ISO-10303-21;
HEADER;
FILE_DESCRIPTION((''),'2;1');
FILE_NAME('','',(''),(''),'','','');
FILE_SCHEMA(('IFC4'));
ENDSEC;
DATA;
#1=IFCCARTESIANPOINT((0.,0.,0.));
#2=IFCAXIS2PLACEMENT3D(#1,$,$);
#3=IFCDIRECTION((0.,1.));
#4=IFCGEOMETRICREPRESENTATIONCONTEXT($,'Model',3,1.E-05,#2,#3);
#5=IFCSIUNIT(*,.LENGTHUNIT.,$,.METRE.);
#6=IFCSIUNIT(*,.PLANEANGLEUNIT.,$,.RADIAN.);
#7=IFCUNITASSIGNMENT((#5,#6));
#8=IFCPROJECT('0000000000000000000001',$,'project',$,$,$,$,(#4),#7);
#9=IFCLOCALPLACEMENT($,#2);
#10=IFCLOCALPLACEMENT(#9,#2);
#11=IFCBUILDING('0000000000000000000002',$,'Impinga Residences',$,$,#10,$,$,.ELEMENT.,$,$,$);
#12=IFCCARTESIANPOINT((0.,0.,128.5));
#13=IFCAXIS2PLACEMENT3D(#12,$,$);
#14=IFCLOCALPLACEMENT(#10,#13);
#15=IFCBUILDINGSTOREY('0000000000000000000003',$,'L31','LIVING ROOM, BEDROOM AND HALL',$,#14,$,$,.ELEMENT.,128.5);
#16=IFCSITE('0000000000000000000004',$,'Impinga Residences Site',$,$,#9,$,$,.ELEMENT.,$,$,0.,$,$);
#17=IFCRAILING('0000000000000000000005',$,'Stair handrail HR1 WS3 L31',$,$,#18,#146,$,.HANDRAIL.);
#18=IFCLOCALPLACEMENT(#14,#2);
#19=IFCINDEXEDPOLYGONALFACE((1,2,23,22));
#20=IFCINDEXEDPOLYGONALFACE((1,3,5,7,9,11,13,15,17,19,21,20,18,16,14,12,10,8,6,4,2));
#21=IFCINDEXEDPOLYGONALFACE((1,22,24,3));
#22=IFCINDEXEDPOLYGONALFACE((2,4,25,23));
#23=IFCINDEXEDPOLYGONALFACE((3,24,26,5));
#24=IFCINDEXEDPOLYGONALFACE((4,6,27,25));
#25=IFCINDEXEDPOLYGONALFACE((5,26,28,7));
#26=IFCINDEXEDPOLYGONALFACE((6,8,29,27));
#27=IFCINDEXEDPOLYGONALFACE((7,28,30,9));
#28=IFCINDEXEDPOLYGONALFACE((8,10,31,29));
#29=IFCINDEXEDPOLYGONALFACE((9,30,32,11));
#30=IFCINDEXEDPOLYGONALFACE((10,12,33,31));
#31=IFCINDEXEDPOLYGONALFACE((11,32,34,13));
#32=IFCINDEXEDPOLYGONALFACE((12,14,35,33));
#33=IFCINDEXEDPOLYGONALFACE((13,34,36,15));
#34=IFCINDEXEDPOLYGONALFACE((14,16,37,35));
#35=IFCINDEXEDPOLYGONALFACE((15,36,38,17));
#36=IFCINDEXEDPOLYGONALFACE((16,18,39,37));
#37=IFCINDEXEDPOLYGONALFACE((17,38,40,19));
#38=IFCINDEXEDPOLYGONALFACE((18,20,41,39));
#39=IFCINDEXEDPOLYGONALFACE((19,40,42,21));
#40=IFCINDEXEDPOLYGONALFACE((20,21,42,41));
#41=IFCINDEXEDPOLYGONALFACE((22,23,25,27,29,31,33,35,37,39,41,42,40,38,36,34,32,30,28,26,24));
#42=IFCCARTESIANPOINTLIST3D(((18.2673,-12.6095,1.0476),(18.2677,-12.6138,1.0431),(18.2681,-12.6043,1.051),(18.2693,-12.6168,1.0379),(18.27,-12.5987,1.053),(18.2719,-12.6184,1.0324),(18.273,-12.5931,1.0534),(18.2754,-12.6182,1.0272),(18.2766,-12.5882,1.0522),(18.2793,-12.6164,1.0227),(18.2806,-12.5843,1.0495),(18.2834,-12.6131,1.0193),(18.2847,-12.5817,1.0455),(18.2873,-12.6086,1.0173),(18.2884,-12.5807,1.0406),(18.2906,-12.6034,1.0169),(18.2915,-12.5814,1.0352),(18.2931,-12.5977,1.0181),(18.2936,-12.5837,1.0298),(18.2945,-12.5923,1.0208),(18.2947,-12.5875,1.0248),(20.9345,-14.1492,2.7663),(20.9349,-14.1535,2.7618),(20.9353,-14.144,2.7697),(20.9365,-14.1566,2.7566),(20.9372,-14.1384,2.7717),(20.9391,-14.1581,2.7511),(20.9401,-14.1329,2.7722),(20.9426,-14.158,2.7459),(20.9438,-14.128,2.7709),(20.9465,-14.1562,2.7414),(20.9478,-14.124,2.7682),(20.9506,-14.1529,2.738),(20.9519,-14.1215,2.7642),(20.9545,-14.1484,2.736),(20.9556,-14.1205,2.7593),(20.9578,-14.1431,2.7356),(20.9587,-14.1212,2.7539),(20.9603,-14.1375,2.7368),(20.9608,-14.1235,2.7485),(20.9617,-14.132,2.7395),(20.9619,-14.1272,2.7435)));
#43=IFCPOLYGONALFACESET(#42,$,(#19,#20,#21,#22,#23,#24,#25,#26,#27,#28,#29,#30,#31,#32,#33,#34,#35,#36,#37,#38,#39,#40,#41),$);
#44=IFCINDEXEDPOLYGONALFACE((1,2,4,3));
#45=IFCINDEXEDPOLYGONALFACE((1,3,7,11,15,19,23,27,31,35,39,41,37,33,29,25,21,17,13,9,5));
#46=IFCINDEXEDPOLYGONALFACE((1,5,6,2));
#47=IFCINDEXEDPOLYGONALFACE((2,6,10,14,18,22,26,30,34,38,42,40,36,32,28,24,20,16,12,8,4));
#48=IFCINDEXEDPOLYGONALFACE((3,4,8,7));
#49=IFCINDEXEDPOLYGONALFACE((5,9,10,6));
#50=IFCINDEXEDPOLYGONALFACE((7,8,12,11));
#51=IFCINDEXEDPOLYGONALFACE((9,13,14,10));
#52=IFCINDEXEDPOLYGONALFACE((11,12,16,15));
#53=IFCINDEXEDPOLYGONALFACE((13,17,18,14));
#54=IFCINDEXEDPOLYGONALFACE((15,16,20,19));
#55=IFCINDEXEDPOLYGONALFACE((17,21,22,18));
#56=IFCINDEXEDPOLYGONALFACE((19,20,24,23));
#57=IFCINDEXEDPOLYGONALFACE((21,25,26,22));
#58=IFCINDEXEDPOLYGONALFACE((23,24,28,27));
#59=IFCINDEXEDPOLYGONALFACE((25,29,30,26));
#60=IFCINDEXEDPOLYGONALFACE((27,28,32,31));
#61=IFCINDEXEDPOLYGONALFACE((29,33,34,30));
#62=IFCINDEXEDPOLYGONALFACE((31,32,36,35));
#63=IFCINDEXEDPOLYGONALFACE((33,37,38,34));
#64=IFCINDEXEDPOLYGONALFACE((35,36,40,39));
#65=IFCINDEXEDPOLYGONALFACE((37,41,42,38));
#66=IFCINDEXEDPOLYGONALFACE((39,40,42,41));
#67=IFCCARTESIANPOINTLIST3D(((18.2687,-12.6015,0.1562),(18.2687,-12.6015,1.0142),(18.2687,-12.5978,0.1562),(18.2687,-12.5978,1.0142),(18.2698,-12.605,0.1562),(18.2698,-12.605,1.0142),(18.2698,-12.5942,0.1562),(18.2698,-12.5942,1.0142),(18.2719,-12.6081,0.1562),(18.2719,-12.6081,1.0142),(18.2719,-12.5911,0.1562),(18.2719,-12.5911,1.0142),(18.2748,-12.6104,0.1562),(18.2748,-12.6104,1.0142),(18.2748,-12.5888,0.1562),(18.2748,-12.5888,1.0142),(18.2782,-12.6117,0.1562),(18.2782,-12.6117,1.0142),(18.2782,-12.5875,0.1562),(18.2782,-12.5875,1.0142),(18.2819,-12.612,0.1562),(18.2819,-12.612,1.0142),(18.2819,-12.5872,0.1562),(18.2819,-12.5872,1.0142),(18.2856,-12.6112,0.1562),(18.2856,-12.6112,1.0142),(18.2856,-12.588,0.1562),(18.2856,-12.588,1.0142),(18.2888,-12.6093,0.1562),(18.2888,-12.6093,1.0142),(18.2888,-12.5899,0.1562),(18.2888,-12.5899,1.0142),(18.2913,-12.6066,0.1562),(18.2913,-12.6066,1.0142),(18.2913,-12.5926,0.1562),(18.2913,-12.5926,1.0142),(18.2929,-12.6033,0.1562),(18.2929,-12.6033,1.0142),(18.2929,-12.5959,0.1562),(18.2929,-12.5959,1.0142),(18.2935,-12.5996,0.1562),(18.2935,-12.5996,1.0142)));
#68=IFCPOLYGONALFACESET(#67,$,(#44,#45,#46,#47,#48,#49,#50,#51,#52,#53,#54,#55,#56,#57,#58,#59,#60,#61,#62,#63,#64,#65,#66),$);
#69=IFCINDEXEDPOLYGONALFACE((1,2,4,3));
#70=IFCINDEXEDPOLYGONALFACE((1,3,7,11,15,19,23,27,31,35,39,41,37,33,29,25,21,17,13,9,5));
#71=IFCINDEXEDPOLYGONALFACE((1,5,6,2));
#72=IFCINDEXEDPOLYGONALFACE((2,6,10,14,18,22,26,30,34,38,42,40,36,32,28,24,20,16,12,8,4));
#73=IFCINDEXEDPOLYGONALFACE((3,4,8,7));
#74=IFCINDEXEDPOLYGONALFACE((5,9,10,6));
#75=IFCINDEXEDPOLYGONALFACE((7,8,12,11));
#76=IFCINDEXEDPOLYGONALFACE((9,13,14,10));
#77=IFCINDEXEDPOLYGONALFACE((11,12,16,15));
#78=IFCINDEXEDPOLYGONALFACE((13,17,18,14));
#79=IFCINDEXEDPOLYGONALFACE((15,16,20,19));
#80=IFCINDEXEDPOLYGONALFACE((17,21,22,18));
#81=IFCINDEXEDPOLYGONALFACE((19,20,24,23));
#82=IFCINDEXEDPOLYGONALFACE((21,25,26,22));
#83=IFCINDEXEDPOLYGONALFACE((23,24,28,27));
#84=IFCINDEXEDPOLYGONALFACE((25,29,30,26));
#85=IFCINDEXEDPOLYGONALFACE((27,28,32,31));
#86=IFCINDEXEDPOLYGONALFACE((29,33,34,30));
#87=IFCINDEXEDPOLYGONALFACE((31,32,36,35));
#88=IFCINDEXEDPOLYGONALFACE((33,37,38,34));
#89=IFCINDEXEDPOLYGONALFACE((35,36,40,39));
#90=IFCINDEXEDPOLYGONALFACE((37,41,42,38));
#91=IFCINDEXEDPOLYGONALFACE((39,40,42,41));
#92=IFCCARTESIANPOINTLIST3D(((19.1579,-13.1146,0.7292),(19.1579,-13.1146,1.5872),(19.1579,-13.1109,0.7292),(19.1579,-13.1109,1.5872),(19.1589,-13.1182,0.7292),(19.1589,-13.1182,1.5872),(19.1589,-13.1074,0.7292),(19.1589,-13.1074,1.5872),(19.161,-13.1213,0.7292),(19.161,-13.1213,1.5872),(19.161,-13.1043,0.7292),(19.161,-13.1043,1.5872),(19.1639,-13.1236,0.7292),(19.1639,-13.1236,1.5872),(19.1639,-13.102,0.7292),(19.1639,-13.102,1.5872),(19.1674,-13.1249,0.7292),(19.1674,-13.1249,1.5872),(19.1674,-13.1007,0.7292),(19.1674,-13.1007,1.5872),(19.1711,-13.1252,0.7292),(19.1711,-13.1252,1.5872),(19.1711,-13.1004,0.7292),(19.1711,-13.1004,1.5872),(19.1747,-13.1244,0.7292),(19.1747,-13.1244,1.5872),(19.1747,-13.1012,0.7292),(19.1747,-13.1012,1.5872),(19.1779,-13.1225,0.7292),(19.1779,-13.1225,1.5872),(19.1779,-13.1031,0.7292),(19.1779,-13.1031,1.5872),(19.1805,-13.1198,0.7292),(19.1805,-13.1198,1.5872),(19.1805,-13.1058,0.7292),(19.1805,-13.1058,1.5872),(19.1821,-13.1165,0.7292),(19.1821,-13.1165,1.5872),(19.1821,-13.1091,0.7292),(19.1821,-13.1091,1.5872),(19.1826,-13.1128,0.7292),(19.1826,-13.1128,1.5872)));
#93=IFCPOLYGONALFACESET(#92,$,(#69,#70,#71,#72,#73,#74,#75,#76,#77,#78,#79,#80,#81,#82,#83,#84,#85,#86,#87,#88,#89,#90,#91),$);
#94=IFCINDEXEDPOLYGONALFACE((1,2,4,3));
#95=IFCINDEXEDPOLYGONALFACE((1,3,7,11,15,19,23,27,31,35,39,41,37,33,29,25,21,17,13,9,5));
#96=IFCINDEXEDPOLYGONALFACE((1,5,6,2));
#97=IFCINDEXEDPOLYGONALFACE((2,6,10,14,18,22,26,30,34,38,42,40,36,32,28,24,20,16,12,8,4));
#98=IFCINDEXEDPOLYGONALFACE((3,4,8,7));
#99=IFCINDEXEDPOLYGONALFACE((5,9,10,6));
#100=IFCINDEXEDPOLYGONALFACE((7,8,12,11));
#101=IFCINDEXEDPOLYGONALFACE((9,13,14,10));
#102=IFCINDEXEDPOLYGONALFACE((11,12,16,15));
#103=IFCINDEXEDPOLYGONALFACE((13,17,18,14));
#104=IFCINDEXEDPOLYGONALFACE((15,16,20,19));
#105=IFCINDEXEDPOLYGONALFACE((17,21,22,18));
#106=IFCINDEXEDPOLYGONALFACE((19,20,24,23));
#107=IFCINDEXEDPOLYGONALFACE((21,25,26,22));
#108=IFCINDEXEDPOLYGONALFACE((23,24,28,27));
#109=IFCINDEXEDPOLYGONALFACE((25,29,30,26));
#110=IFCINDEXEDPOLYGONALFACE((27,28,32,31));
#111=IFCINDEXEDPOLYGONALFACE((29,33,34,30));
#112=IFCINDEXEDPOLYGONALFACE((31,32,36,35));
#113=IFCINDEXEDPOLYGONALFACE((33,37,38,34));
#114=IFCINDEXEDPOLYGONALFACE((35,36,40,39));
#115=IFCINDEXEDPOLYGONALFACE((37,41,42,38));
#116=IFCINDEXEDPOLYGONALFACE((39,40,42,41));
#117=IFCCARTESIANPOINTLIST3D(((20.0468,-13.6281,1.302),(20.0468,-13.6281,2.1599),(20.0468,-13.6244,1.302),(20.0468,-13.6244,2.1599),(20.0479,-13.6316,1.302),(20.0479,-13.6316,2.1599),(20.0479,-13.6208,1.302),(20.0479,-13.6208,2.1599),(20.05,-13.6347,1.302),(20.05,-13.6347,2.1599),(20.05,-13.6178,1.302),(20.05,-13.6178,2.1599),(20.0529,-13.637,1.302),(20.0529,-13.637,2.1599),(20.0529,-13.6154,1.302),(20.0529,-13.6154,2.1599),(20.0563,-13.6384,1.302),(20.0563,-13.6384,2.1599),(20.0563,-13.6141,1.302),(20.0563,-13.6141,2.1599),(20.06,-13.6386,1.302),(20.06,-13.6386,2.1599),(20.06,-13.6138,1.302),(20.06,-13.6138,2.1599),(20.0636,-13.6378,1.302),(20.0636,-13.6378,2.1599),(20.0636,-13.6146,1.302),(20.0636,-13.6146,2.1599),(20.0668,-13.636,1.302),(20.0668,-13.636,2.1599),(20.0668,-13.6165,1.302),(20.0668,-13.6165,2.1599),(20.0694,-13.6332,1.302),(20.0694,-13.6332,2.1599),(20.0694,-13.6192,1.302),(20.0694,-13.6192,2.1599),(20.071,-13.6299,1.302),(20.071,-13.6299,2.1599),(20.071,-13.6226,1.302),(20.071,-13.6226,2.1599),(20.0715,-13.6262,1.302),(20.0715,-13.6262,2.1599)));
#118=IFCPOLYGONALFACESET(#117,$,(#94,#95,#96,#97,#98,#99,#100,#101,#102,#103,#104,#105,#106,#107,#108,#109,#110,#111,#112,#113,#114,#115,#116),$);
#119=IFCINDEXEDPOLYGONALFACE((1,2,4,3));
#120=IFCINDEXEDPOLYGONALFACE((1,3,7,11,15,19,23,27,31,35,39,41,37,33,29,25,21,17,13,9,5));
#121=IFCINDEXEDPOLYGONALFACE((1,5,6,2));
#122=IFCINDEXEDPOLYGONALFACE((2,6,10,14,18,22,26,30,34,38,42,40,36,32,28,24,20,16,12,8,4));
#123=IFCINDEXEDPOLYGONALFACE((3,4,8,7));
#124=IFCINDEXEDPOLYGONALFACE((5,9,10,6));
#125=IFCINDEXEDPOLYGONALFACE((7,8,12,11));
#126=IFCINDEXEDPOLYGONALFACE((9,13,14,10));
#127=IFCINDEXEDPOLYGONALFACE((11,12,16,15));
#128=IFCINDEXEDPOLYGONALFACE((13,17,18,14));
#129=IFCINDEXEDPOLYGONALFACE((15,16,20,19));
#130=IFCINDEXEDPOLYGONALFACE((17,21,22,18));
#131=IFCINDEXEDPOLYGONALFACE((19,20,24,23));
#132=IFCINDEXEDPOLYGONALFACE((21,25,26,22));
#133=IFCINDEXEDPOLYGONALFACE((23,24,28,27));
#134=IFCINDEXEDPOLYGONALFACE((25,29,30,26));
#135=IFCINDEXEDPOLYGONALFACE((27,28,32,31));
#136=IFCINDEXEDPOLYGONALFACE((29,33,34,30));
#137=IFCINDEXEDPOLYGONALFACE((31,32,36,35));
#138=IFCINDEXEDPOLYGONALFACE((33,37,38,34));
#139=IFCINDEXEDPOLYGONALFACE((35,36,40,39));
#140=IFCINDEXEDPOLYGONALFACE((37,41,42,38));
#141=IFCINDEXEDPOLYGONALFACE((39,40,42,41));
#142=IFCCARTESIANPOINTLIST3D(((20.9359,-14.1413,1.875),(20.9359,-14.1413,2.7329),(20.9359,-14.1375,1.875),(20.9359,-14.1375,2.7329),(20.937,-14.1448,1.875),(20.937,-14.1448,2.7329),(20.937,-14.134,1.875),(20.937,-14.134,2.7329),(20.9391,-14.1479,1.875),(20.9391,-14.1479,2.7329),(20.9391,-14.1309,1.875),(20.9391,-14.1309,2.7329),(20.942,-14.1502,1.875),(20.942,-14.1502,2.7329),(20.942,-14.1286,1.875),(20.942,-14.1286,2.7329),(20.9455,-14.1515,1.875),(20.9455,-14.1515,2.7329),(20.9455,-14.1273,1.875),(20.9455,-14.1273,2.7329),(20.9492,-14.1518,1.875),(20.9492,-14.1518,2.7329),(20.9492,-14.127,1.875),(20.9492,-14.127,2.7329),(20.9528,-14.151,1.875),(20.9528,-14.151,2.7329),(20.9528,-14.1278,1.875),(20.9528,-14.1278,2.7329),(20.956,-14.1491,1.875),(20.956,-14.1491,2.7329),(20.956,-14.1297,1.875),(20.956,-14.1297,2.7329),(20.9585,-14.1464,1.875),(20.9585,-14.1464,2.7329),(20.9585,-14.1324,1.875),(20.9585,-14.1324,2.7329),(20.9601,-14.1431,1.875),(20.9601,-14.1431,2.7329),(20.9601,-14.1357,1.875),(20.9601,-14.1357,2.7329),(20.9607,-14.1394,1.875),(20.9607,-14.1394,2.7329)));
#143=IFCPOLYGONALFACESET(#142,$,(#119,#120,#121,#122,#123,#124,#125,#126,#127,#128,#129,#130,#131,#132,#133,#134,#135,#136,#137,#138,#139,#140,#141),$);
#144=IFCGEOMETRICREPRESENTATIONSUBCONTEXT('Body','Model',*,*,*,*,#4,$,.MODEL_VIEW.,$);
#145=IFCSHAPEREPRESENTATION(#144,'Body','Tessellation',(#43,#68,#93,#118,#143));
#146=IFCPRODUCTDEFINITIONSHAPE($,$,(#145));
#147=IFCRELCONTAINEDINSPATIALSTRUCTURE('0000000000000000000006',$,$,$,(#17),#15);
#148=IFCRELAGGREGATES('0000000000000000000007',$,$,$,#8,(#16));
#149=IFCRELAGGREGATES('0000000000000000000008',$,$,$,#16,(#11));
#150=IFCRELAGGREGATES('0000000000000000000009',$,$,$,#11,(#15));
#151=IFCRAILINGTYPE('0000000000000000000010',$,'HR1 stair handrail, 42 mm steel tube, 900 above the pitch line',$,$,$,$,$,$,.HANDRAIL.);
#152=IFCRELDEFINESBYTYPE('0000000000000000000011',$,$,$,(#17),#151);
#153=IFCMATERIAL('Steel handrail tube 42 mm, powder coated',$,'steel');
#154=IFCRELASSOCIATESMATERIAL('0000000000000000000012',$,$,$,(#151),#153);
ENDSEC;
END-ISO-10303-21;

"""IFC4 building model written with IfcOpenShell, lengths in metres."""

from ifc_helpers import new_model, si_unit, direction, frame, origin, origin_2d, place, context, subcontext, project, spatial, circle, extrude, material, type_object, element, save


model = new_model("IFC4")

# Units and contexts
model_context = context("Model", 3, precision=1e-05, world=origin(), true_north=direction((0.0, 1.0)))
body_context = subcontext(model_context, "Body", "Model", "MODEL_VIEW")
ifc_project = project(units=[si_unit("LENGTHUNIT", "METRE"), si_unit("PLANEANGLEUNIT", "RADIAN")], contexts=[model_context])

# Site, building, storey
site_placement = place(None, origin())
site = spatial("IfcSite", under=ifc_project, at=site_placement, Name="Impinga Residences Site", CompositionType="ELEMENT", RefElevation=0.0)
building_placement = place(site_placement, origin())
building = spatial("IfcBuilding", under=site, at=building_placement, Name="Impinga Residences", CompositionType="ELEMENT")
storey_placement = place(building_placement, frame((0.0, 0.0, 128.5)))
storey = spatial("IfcBuildingStorey", under=building, at=storey_placement, Name="L31", Description="LIVING ROOM, BEDROOM AND HALL", CompositionType="ELEMENT", Elevation=128.5)

# Railing
ifc_material_1 = material(Name="Steel handrail tube 42 mm, powder coated", Category="steel")
railing_type_1 = type_object("IfcRailingType", Name="HR1 stair handrail, 42 mm steel tube, 900 above the pitch line", PredefinedType="HANDRAIL", material=ifc_material_1)
railing_1_placement = place(storey_placement, frame((18.281, -12.5996, 0.1562)))
element("IfcRailing", 1, at=railing_1_placement, inside=storey, type_object=railing_type_1, Name="Stair handrail HR1 WS3 L31", PredefinedType="HANDRAIL", context=body_context, shape_type="SweptSolid", body=[
    extrude(circle(Radius=0.021, at=origin_2d()), frame((0.0, 0.0, 0.8789), z_axis=(0.756249, -0.436582, 0.487322), x_axis=(0.499967, 0.866044, 0.0)), (0.0, 0.0, 1.0), 3.5269),
    extrude(circle(Radius=0.0125, at=origin_2d()), origin(), (0.0, 0.0, 1.0), 0.8579),
    extrude(circle(Radius=0.0125, at=origin_2d()), frame((0.8892, -0.5132, 0.573)), (0.0, 0.0, 1.0), 0.8579),
    extrude(circle(Radius=0.0125, at=origin_2d()), frame((1.7781, -1.0266, 1.1458)), (0.0, 0.0, 1.0), 0.8579),
    extrude(circle(Radius=0.0125, at=origin_2d()), frame((2.6672, -1.5398, 1.7188)), (0.0, 0.0, 1.0), 0.8579),
])

save(model, "model.ifc")
